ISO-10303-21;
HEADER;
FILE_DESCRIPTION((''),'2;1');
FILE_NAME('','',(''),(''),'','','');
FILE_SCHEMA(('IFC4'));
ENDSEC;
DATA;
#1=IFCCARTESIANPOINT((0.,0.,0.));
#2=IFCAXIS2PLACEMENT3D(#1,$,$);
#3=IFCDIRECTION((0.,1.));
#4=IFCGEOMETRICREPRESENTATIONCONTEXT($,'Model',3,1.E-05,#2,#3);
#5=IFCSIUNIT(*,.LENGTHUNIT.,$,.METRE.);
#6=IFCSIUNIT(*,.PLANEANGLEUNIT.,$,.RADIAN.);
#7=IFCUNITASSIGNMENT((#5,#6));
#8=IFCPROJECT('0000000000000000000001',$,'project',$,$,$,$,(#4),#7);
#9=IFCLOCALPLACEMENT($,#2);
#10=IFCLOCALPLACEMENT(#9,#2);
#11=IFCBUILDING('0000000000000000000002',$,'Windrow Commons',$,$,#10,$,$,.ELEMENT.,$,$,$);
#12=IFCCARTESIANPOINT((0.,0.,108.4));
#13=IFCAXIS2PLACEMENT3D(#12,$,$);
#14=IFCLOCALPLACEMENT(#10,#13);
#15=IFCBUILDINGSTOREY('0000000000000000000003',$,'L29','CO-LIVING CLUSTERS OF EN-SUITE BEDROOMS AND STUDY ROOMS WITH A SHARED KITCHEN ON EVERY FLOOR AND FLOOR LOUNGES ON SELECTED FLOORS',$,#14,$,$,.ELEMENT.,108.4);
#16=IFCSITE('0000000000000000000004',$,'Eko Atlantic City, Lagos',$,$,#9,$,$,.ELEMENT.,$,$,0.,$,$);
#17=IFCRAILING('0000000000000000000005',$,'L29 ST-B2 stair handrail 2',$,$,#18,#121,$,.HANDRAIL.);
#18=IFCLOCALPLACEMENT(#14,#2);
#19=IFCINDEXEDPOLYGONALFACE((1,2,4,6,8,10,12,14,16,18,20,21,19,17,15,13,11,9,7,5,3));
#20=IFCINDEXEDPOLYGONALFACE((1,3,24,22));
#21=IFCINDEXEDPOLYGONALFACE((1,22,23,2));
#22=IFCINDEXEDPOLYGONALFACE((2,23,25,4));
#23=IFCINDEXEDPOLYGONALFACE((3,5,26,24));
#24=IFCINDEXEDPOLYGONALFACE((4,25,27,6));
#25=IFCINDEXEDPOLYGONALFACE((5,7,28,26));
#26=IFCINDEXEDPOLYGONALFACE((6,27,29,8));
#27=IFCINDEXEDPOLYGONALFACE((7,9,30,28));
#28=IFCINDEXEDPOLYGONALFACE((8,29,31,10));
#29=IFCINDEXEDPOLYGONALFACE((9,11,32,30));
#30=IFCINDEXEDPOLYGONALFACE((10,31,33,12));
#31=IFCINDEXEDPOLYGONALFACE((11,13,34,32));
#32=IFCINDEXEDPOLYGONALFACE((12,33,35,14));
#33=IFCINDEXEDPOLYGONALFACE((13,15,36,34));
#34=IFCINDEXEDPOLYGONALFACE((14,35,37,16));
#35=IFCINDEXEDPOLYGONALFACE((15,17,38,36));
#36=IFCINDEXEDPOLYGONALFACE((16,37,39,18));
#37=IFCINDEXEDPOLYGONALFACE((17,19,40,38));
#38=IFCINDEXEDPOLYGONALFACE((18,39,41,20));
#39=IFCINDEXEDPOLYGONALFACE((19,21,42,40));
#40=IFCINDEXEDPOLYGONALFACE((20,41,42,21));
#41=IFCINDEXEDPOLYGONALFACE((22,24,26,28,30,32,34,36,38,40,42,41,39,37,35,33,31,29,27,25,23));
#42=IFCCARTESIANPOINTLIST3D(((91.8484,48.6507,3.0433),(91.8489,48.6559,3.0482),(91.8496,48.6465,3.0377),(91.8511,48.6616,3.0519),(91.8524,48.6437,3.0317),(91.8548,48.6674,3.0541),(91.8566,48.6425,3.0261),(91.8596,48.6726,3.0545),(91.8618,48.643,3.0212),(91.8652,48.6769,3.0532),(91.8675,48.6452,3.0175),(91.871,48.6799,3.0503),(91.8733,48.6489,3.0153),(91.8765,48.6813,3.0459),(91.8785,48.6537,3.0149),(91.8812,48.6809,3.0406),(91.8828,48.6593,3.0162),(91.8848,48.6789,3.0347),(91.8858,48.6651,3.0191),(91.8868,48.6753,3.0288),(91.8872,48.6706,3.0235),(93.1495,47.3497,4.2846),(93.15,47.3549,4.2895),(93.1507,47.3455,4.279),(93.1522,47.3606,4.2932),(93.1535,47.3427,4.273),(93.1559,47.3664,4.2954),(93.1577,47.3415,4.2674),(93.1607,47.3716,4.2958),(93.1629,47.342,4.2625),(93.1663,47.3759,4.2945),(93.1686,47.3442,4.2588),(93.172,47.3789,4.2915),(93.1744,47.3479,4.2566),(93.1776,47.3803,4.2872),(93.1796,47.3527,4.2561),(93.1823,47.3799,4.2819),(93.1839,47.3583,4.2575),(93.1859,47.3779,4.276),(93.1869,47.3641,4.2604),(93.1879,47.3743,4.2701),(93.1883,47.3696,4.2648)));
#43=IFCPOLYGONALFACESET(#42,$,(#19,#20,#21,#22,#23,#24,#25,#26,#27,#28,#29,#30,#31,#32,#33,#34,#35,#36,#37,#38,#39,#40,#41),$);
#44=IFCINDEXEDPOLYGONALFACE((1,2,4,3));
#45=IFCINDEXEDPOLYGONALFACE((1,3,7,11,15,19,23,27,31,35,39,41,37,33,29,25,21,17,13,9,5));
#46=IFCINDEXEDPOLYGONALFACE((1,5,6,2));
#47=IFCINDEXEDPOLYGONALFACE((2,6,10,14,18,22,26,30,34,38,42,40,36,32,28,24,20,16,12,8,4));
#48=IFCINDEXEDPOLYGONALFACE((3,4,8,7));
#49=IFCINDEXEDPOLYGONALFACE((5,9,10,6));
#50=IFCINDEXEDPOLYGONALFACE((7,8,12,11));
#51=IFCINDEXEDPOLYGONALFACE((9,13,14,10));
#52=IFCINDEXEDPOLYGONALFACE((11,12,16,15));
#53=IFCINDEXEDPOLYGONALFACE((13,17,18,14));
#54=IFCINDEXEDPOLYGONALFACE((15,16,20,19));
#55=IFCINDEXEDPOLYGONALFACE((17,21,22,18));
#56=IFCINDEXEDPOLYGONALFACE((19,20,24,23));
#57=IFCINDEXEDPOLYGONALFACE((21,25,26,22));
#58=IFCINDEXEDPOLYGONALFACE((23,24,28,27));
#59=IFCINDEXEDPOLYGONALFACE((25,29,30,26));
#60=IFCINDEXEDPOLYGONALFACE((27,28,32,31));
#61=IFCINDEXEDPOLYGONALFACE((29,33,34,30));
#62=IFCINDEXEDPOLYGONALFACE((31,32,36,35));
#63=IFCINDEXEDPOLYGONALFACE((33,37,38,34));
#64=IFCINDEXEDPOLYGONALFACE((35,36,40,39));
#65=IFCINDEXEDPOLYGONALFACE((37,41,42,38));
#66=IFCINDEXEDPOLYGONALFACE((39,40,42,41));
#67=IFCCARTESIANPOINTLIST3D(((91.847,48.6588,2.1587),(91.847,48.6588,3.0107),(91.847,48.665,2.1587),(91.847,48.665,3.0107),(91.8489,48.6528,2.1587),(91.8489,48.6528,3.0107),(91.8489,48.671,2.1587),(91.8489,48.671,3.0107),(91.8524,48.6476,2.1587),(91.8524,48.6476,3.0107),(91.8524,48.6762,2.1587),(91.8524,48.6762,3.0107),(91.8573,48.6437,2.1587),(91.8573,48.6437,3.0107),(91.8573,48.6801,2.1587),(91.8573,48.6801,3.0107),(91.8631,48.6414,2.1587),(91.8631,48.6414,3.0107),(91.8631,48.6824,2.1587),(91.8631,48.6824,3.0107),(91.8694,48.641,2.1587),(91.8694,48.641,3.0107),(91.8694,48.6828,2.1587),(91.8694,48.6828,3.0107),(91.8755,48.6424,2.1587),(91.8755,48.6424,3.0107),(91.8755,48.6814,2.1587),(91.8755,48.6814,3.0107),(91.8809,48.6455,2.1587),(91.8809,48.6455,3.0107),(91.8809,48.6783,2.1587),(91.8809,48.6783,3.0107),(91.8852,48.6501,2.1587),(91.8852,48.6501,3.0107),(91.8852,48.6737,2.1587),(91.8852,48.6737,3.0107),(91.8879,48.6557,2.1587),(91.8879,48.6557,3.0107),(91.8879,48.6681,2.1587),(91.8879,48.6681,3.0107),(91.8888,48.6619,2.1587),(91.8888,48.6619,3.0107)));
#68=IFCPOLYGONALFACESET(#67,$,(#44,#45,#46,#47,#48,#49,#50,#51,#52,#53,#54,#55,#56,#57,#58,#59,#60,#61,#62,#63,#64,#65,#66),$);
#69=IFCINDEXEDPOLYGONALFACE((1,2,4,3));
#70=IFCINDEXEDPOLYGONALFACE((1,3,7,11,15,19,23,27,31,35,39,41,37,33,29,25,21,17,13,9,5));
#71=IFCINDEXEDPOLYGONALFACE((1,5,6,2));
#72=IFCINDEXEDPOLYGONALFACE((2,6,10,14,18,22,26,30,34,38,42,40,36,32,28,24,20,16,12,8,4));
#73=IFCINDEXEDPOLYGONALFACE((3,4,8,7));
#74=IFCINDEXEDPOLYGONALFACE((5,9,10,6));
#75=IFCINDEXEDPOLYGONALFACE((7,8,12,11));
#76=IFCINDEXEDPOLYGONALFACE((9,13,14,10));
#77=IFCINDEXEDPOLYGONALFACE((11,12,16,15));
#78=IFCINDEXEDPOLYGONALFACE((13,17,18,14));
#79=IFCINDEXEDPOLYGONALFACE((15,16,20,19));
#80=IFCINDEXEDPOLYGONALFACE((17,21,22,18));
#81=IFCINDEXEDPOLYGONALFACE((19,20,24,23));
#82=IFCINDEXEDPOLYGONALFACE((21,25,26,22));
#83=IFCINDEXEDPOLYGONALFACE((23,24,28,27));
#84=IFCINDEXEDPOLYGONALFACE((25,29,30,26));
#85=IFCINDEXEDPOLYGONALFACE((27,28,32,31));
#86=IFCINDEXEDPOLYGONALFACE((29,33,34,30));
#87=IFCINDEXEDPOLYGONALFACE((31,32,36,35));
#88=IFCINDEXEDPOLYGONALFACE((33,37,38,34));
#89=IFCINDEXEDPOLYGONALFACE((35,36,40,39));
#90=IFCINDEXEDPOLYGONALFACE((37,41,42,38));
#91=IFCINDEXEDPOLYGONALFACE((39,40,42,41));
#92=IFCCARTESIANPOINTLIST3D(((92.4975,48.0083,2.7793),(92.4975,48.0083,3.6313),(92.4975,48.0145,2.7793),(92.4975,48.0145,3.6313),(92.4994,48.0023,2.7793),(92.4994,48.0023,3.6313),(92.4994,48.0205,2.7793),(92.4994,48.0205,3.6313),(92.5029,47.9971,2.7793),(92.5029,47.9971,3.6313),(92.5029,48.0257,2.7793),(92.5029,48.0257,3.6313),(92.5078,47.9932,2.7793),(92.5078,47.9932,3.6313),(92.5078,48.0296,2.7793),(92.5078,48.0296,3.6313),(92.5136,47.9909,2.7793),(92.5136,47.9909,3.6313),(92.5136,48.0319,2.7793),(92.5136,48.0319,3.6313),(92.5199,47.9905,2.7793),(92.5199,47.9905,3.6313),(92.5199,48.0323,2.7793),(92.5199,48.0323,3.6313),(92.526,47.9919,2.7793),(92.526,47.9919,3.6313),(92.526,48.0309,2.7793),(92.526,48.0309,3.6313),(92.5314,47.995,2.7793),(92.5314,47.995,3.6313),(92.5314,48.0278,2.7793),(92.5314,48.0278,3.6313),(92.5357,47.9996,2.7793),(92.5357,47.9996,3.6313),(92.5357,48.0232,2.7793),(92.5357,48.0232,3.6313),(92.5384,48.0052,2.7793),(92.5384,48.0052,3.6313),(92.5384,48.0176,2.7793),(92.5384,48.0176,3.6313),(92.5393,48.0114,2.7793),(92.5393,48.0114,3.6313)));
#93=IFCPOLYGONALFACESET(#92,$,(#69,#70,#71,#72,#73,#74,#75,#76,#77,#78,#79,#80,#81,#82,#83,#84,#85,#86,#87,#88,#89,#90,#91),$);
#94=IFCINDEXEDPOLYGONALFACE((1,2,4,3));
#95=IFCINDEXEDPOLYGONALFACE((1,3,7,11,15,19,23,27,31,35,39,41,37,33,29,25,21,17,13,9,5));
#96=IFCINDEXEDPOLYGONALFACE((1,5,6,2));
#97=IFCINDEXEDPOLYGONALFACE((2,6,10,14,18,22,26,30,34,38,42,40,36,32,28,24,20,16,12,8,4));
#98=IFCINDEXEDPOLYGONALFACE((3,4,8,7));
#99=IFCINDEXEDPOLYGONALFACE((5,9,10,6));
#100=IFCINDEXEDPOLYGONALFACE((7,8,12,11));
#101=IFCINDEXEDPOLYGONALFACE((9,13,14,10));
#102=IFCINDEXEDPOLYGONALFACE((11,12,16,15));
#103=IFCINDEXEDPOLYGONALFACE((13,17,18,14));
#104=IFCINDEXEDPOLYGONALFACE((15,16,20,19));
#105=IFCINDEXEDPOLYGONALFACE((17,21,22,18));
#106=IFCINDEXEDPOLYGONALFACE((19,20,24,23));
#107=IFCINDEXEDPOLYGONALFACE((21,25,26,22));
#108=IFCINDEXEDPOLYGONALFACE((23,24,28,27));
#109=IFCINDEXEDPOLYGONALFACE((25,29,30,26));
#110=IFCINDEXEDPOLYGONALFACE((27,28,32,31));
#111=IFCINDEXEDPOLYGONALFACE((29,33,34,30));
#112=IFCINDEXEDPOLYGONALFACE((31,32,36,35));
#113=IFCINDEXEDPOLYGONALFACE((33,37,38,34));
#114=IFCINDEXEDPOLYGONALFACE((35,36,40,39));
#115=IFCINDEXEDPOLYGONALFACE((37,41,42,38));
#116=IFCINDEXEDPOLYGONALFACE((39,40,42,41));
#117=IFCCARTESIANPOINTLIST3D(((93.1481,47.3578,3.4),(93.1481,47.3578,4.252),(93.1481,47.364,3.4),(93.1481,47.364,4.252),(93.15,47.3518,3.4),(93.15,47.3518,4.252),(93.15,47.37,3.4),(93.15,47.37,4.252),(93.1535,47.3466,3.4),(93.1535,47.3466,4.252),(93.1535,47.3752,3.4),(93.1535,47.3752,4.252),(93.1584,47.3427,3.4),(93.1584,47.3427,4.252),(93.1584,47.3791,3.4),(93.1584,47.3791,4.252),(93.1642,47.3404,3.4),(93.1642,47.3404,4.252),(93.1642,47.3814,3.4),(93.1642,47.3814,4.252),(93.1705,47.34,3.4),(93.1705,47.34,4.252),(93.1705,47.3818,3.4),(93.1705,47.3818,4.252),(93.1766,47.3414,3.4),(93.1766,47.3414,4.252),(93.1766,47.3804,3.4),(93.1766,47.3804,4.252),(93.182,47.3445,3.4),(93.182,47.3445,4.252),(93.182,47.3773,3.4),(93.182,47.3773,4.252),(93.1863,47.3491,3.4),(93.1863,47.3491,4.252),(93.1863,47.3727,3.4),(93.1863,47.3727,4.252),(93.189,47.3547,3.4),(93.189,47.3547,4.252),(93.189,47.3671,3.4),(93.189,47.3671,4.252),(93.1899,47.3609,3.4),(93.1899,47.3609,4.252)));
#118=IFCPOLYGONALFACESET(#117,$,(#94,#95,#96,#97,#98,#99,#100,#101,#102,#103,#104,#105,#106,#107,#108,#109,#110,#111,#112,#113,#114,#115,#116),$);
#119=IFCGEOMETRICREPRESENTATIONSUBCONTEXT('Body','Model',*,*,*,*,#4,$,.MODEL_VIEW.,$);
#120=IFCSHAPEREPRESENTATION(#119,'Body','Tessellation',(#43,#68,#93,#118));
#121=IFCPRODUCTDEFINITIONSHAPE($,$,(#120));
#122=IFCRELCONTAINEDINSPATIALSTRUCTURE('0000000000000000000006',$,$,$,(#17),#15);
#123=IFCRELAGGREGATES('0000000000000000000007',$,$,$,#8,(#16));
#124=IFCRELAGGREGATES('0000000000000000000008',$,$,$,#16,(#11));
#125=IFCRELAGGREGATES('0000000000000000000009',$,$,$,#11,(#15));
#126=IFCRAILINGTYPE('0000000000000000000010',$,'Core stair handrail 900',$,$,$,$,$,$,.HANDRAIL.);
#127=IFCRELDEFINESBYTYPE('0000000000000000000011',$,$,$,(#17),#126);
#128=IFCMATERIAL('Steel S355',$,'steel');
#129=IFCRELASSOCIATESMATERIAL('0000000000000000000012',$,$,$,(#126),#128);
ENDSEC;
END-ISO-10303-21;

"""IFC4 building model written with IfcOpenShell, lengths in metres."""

from ifc_helpers import new_model, si_unit, direction, frame, origin, origin_2d, place, context, subcontext, project, spatial, circle, extrude, material, type_object, element, save


model = new_model("IFC4")

# Units and contexts
model_context = context("Model", 3, precision=1e-05, world=origin(), true_north=direction((0.0, 1.0)))
body_context = subcontext(model_context, "Body", "Model", "MODEL_VIEW")
ifc_project = project(units=[si_unit("LENGTHUNIT", "METRE"), si_unit("PLANEANGLEUNIT", "RADIAN")], contexts=[model_context])

# Site, building, storey
site_placement = place(None, origin())
site = spatial("IfcSite", under=ifc_project, at=site_placement, Name="Eko Atlantic City, Lagos", CompositionType="ELEMENT", RefElevation=0.0)
building_placement = place(site_placement, origin())
building = spatial("IfcBuilding", under=site, at=building_placement, Name="Windrow Commons", CompositionType="ELEMENT")
storey_placement = place(building_placement, frame((0.0, 0.0, 108.4)))
storey = spatial("IfcBuildingStorey", under=building, at=storey_placement, Name="L29", Description="CO-LIVING CLUSTERS OF EN-SUITE BEDROOMS AND STUDY ROOMS WITH A SHARED KITCHEN ON EVERY FLOOR AND FLOOR LOUNGES ON SELECTED FLOORS", CompositionType="ELEMENT", Elevation=108.4)

# Railing
ifc_material_1 = material(Name="Steel S355", Category="steel")
railing_type_1 = type_object("IfcRailingType", Name="Core stair handrail 900", PredefinedType="HANDRAIL", material=ifc_material_1)
railing_1_placement = place(storey_placement, frame((91.8678, 48.6619, 2.1587)))
element("IfcRailing", 1, at=railing_1_placement, inside=storey, type_object=railing_type_1, Name="L29 ST-B2 stair handrail 2", PredefinedType="HANDRAIL", context=body_context, shape_type="SweptSolid", body=[
    extrude(circle(Radius=0.024, at=origin_2d()), frame((0.0, 0.0, 0.876), z_axis=(0.586207, -0.586162, 0.559264), x_axis=(0.70708, 0.707134, 0.0)), (0.0, 0.0, 1.0), 2.2195),
    extrude(circle(Radius=0.021, at=origin_2d()), origin(), (0.0, 0.0, 1.0), 0.852),
    extrude(circle(Radius=0.021, at=origin_2d()), frame((0.6505, -0.6505, 0.6206)), (0.0, 0.0, 1.0), 0.852),
    extrude(circle(Radius=0.021, at=origin_2d()), frame((1.3011, -1.301, 1.2413)), (0.0, 0.0, 1.0), 0.852),
])

save(model, "model.ifc")
